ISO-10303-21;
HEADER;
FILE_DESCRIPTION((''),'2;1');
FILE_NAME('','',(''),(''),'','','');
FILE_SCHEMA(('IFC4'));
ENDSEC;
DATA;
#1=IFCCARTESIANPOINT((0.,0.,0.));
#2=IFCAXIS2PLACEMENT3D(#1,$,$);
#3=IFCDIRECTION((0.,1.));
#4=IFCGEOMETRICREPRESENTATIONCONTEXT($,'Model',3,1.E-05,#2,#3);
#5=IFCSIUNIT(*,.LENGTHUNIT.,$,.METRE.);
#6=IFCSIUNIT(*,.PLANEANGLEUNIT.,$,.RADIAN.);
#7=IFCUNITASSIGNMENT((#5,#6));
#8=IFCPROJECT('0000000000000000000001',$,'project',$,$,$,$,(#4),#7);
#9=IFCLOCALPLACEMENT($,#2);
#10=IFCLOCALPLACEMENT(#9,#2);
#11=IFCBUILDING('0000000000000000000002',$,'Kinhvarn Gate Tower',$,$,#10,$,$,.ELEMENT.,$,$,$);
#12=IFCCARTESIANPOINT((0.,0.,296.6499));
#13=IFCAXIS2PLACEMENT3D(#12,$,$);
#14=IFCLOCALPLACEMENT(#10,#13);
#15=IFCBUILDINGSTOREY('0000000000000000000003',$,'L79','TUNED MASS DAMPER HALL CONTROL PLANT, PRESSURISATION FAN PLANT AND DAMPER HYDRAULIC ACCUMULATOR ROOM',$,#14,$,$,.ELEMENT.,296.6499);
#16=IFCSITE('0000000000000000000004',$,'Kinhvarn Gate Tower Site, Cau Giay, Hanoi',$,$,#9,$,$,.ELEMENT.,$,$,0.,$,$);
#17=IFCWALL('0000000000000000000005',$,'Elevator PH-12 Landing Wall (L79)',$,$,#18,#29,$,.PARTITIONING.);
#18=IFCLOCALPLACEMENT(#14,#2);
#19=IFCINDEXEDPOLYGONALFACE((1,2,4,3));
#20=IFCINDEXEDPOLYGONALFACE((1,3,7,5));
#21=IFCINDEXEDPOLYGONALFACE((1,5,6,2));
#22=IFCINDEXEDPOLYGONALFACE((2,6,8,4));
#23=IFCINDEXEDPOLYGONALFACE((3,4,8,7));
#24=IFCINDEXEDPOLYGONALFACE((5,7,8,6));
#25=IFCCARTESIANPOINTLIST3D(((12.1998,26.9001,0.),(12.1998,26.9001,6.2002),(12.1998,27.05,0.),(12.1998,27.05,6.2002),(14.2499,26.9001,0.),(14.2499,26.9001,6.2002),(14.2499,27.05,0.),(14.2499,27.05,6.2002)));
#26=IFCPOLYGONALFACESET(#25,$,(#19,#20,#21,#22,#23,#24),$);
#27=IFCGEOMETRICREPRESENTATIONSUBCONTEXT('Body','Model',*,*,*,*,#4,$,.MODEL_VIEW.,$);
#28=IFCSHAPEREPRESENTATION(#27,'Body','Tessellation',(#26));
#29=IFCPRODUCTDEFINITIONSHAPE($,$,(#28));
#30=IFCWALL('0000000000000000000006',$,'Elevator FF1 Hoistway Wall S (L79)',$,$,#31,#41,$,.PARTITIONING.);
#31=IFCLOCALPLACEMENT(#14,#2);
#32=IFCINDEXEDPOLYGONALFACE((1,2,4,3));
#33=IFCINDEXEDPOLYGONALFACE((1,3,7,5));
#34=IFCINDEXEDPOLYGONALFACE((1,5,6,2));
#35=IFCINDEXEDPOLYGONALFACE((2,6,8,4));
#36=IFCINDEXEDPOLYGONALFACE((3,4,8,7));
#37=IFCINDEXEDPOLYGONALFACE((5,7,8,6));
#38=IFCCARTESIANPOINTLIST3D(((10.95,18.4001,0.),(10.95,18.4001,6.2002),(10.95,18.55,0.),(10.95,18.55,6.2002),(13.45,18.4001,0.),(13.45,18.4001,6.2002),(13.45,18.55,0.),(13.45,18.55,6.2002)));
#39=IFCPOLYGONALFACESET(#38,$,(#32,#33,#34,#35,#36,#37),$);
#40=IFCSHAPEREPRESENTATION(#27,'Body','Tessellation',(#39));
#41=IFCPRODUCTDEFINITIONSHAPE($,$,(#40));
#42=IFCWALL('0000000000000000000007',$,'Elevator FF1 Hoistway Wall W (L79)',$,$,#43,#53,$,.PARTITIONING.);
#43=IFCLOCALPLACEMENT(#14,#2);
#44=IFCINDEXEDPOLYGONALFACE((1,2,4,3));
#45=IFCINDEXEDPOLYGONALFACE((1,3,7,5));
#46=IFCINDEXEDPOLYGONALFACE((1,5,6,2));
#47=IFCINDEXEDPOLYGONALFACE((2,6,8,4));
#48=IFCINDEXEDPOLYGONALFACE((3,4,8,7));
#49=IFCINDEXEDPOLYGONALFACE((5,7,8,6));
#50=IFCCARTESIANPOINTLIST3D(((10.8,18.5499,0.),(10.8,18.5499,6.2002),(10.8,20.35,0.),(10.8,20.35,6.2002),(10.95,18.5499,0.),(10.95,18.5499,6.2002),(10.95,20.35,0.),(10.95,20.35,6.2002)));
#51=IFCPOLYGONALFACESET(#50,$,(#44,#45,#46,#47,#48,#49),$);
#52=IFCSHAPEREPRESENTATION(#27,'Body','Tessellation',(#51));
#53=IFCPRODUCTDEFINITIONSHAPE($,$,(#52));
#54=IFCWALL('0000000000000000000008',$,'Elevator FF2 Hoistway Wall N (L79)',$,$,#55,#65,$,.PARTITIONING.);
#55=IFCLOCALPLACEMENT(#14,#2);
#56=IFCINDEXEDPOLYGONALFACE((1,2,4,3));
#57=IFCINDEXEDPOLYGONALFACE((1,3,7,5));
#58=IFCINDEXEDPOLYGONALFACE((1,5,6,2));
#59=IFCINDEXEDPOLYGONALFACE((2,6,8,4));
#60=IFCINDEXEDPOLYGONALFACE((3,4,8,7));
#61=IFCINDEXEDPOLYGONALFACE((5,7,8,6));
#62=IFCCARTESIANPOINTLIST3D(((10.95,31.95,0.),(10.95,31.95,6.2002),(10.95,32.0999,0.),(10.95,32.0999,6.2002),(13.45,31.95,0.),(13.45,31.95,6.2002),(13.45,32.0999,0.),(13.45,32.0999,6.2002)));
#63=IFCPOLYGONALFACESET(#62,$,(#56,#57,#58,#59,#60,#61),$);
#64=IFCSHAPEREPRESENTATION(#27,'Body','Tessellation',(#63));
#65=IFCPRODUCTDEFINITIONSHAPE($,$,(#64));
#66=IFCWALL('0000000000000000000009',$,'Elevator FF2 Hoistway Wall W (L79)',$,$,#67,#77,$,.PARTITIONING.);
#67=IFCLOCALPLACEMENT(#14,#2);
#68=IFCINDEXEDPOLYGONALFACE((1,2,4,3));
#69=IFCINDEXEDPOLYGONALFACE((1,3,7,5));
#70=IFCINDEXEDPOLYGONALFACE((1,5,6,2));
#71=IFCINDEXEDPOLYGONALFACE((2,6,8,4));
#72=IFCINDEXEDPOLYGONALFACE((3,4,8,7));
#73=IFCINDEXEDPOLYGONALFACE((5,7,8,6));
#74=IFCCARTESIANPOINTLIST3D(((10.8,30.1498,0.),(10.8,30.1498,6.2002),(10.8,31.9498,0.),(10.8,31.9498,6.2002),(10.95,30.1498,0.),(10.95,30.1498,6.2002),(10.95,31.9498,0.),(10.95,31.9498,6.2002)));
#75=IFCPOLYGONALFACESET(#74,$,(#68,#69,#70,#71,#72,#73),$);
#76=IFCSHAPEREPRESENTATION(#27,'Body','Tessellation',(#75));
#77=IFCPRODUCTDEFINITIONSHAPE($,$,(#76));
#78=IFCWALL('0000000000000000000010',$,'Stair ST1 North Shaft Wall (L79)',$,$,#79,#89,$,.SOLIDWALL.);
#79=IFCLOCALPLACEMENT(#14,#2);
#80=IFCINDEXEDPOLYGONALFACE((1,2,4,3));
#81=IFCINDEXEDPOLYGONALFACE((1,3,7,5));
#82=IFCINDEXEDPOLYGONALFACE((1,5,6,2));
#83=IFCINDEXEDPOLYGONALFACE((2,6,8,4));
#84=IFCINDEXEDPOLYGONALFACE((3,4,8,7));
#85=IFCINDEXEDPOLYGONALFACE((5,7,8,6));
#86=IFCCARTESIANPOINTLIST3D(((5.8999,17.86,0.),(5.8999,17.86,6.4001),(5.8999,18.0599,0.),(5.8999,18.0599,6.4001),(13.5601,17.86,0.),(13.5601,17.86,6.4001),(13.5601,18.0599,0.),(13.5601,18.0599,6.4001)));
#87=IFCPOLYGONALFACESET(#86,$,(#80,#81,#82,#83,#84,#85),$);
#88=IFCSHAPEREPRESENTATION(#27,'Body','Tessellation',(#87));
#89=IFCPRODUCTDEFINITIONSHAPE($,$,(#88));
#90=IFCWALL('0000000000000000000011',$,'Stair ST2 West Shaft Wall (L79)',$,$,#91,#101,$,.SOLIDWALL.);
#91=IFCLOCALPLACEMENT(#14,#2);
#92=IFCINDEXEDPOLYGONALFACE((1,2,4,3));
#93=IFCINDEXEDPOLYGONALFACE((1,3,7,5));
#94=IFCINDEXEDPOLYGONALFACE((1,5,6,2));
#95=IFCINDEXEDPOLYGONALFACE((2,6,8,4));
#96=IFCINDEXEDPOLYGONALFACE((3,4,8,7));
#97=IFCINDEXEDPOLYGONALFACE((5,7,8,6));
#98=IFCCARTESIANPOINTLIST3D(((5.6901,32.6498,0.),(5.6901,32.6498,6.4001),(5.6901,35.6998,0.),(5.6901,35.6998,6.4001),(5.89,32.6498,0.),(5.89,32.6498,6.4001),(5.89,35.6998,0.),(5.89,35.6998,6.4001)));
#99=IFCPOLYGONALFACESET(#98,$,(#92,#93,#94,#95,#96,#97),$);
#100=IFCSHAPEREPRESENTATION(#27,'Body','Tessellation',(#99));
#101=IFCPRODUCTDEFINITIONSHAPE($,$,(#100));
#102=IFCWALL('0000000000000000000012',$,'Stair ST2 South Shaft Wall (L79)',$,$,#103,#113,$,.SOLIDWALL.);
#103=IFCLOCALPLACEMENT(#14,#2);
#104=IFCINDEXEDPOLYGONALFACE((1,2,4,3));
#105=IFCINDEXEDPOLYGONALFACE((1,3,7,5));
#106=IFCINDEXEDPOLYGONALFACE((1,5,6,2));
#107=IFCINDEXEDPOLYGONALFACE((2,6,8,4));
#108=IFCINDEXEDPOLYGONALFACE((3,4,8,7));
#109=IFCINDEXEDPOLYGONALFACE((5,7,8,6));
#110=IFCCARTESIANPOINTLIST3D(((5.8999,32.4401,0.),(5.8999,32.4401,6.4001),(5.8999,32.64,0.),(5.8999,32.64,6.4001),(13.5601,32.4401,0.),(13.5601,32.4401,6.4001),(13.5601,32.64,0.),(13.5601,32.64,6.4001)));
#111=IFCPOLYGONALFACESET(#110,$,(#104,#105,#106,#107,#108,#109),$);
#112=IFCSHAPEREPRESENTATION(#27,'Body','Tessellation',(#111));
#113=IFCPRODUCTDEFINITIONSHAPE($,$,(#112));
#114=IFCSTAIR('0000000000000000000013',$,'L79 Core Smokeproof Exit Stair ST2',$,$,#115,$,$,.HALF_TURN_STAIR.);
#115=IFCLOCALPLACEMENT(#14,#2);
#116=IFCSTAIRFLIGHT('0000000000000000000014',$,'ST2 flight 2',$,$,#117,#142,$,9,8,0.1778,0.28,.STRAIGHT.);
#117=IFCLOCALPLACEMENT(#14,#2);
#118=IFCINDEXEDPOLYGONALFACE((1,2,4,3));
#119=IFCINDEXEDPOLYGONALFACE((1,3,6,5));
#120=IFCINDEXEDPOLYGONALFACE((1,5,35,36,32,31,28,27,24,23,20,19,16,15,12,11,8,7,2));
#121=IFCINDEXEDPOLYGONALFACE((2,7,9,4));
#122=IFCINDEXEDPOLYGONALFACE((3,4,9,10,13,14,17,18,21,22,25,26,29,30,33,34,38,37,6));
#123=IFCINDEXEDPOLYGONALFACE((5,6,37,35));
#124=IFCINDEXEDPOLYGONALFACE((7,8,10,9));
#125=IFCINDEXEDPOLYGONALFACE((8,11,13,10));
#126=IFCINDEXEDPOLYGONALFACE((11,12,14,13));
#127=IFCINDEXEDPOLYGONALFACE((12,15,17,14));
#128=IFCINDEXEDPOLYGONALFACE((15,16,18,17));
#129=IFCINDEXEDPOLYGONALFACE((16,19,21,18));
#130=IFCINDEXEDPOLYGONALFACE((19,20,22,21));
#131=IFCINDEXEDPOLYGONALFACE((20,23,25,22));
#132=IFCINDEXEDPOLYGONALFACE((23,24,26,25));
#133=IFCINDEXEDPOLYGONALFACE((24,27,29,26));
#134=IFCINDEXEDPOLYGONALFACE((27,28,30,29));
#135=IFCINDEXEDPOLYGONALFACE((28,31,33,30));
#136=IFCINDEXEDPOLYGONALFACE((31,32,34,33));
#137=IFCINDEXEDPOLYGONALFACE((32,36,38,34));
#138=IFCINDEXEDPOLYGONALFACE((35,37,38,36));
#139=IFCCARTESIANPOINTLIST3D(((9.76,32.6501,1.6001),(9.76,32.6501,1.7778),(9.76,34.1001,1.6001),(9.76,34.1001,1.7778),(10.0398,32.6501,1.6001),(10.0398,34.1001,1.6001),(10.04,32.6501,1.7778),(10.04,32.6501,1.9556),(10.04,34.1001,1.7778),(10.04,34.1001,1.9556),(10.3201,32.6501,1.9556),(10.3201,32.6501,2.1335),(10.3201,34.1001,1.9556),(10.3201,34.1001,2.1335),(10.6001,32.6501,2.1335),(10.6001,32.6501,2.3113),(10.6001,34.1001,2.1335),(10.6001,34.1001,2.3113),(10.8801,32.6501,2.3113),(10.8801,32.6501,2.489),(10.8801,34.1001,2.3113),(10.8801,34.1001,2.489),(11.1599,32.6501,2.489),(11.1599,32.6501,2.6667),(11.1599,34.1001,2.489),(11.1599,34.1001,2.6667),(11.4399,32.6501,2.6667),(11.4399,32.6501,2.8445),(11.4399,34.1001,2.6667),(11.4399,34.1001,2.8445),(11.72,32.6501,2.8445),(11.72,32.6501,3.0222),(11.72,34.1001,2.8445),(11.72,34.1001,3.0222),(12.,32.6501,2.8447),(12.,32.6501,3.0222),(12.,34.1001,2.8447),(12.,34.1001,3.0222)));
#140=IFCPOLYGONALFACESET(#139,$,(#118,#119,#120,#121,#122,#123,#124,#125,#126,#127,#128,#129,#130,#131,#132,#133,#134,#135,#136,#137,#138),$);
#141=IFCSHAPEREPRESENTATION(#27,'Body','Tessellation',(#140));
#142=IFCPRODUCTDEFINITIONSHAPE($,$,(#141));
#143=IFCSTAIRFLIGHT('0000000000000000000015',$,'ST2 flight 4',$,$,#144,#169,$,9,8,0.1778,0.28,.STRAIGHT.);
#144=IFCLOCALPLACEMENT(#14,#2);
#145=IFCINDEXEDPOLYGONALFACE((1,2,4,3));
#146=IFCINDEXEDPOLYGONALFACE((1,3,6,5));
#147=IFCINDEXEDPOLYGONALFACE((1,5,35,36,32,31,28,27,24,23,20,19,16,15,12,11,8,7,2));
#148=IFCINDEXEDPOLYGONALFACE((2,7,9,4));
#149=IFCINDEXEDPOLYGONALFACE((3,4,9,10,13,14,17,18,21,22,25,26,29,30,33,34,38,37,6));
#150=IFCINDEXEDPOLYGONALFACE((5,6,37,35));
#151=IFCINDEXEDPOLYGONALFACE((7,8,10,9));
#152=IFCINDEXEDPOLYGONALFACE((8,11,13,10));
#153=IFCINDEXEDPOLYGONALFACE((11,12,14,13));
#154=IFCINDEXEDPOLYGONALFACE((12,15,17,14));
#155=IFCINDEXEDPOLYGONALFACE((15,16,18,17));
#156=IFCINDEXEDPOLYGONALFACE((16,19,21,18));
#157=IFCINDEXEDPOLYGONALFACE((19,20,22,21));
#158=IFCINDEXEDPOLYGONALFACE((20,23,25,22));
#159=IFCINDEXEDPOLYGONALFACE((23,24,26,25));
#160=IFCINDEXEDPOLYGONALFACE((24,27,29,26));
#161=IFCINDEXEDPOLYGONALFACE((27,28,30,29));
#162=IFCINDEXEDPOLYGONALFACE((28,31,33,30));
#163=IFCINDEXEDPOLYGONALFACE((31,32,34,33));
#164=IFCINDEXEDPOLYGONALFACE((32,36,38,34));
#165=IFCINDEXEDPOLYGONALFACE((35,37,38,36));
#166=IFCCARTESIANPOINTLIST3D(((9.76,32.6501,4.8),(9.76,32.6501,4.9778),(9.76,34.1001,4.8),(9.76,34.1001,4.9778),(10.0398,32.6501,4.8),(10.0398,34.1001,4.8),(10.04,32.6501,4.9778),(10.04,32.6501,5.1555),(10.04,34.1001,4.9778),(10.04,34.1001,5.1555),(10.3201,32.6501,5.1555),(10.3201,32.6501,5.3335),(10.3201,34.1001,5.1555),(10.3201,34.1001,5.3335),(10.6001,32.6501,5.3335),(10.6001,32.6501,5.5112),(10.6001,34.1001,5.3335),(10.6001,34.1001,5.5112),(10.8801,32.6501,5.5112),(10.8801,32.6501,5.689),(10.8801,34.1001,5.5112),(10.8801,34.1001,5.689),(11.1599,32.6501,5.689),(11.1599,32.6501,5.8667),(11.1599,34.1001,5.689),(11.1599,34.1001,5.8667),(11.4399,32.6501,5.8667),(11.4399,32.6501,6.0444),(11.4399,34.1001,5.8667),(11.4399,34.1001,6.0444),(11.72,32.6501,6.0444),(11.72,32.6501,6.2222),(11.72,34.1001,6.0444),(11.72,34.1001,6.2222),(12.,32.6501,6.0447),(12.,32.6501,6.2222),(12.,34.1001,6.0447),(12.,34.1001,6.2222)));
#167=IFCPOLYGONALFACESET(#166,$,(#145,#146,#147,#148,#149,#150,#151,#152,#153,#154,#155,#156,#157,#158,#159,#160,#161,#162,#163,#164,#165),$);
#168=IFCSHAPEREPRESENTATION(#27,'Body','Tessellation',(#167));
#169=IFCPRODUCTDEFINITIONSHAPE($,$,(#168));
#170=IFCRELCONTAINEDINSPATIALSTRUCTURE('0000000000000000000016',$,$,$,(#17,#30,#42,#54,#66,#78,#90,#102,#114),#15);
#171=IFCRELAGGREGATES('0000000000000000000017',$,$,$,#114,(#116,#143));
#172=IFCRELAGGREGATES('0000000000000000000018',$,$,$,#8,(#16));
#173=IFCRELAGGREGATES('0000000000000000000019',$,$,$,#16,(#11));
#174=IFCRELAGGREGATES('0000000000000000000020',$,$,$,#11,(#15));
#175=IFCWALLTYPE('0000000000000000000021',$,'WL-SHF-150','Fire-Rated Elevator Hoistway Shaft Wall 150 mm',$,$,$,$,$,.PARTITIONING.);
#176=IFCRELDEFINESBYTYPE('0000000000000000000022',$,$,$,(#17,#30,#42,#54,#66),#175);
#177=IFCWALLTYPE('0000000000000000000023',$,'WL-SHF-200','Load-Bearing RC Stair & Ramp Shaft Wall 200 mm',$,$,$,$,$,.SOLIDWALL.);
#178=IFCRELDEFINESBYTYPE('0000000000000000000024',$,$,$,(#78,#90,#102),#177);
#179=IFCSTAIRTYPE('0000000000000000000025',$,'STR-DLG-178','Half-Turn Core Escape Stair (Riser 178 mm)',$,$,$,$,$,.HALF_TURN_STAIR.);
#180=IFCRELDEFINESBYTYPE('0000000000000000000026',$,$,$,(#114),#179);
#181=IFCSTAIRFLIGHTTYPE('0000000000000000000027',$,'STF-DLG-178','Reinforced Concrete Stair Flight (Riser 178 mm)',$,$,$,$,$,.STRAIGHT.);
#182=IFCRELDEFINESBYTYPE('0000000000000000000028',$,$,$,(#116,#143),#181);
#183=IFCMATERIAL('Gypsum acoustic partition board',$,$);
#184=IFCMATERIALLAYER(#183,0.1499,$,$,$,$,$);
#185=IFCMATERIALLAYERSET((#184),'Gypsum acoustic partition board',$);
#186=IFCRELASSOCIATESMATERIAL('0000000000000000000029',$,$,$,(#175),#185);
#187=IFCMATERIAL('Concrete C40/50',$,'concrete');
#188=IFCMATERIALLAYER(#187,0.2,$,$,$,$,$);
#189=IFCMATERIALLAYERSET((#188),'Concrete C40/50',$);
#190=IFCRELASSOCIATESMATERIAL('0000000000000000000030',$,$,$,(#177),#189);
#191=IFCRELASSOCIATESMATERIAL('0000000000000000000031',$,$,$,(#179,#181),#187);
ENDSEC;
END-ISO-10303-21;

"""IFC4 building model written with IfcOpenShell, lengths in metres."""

from ifc_helpers import new_model, si_unit, direction, frame, frame_2d, origin, place, context, subcontext, project, spatial, polyline, rectangle, outline, extrude, material, layer, layer_set, type_object, element, aggregate, save


model = new_model("IFC4")

# Units and contexts
model_context = context("Model", 3, precision=1e-05, world=origin(), true_north=direction((0.0, 1.0)))
body_context = subcontext(model_context, "Body", "Model", "MODEL_VIEW")
ifc_project = project(units=[si_unit("LENGTHUNIT", "METRE"), si_unit("PLANEANGLEUNIT", "RADIAN")], contexts=[model_context])

# Site, building, storey
site_placement = place(None, origin())
site = spatial("IfcSite", under=ifc_project, at=site_placement, Name="Kinhvarn Gate Tower Site, Cau Giay, Hanoi", CompositionType="ELEMENT", RefElevation=0.0)
building_placement = place(site_placement, origin())
building = spatial("IfcBuilding", under=site, at=building_placement, Name="Kinhvarn Gate Tower", CompositionType="ELEMENT")
storey_placement = place(building_placement, frame((0.0, 0.0, 296.6499)))
storey = spatial("IfcBuildingStorey", under=building, at=storey_placement, Name="L79", Description="TUNED MASS DAMPER HALL CONTROL PLANT, PRESSURISATION FAN PLANT AND DAMPER HYDRAULIC ACCUMULATOR ROOM", CompositionType="ELEMENT", Elevation=296.6499)

# Shared definitions
ifc_material_1 = material(Name="Gypsum acoustic partition board")

# Walls
ifc_layer_1 = layer(ifc_material_1, 0.1499)
ifc_layer_set_1 = layer_set([ifc_layer_1], Name="Gypsum acoustic partition board")
wall_type_1 = type_object("IfcWallType", Name="WL-SHF-150", Description="Fire-Rated Elevator Hoistway Shaft Wall 150 mm", PredefinedType="PARTITIONING", material=ifc_layer_set_1)
wall_1_placement = place(storey_placement, frame((12.2, 26.9751, 0.0), z_axis=(0.0, 0.0, 1.0), x_axis=(1.0, 0.0, 0.0)))
element("IfcWall", 1, at=wall_1_placement, inside=storey, type_object=wall_type_1, Name="Elevator PH-12 Landing Wall (L79)", PredefinedType="PARTITIONING", context=body_context, shape_type="SweptSolid", body=[
    extrude(rectangle(XDim=2.05, YDim=0.1499, at=frame_2d((1.0249, 0.0))), origin(), (0.0, 0.0, 1.0), 6.2002),
])
wall_2_placement = place(storey_placement, frame((10.95, 18.4751, 0.0), z_axis=(0.0, 0.0, 1.0), x_axis=(1.0, 0.0, 0.0)))
element("IfcWall", 2, at=wall_2_placement, inside=storey, type_object=wall_type_1, Name="Elevator FF1 Hoistway Wall S (L79)", PredefinedType="PARTITIONING", context=body_context, shape_type="SweptSolid", body=[
    extrude(rectangle(XDim=2.5, YDim=0.1499, at=frame_2d((1.25, 0.0))), origin(), (0.0, 0.0, 1.0), 6.2002),
])
wall_3_placement = place(storey_placement, frame((10.875, 18.55, 0.0), z_axis=(0.0, 0.0, 1.0), x_axis=(0.0, 1.0, 0.0)))
element("IfcWall", 3, at=wall_3_placement, inside=storey, type_object=wall_type_1, Name="Elevator FF1 Hoistway Wall W (L79)", PredefinedType="PARTITIONING", context=body_context, shape_type="SweptSolid", body=[
    extrude(rectangle(XDim=1.8, YDim=0.1499, at=frame_2d((0.8999, 0.0))), origin(), (0.0, 0.0, 1.0), 6.2002),
])
wall_4_placement = place(storey_placement, frame((10.95, 32.0249, 0.0), z_axis=(0.0, 0.0, 1.0), x_axis=(1.0, 0.0, 0.0)))
element("IfcWall", 4, at=wall_4_placement, inside=storey, type_object=wall_type_1, Name="Elevator FF2 Hoistway Wall N (L79)", PredefinedType="PARTITIONING", context=body_context, shape_type="SweptSolid", body=[
    extrude(rectangle(XDim=2.5, YDim=0.1499, at=frame_2d((1.25, 0.0))), origin(), (0.0, 0.0, 1.0), 6.2002),
])
wall_5_placement = place(storey_placement, frame((10.875, 30.1499, 0.0), z_axis=(0.0, 0.0, 1.0), x_axis=(0.0, 1.0, 0.0)))
element("IfcWall", 5, at=wall_5_placement, inside=storey, type_object=wall_type_1, Name="Elevator FF2 Hoistway Wall W (L79)", PredefinedType="PARTITIONING", context=body_context, shape_type="SweptSolid", body=[
    extrude(rectangle(XDim=1.8, YDim=0.1499, at=frame_2d((0.8999, 0.0))), origin(), (0.0, 0.0, 1.0), 6.2002),
])
ifc_material_2 = material(Name="Concrete C40/50", Category="concrete")
ifc_layer_2 = layer(ifc_material_2, 0.2)
ifc_layer_set_2 = layer_set([ifc_layer_2], Name="Concrete C40/50")
wall_type_2 = type_object("IfcWallType", Name="WL-SHF-200", Description="Load-Bearing RC Stair & Ramp Shaft Wall 200 mm", PredefinedType="SOLIDWALL", material=ifc_layer_set_2)
wall_6_placement = place(storey_placement, frame((5.8999, 17.96, 0.0), z_axis=(0.0, 0.0, 1.0), x_axis=(1.0, 0.0, 0.0)))
element("IfcWall", 6, at=wall_6_placement, inside=storey, type_object=wall_type_2, Name="Stair ST1 North Shaft Wall (L79)", PredefinedType="SOLIDWALL", context=body_context, shape_type="SweptSolid", body=[
    extrude(rectangle(XDim=7.6602, YDim=0.2, at=frame_2d((3.8301, 0.0))), origin(), (0.0, 0.0, 1.0), 6.4001),
])
wall_7_placement = place(storey_placement, frame((5.79, 32.6499, 0.0), z_axis=(0.0, 0.0, 1.0), x_axis=(0.0, 1.0, 0.0)))
element("IfcWall", 7, at=wall_7_placement, inside=storey, type_object=wall_type_2, Name="Stair ST2 West Shaft Wall (L79)", PredefinedType="SOLIDWALL", context=body_context, shape_type="SweptSolid", body=[
    extrude(rectangle(XDim=3.05, YDim=0.2, at=frame_2d((1.5249, 0.0))), origin(), (0.0, 0.0, 1.0), 6.4001),
])
wall_8_placement = place(storey_placement, frame((5.8999, 32.54, 0.0), z_axis=(0.0, 0.0, 1.0), x_axis=(1.0, 0.0, 0.0)))
element("IfcWall", 8, at=wall_8_placement, inside=storey, type_object=wall_type_2, Name="Stair ST2 South Shaft Wall (L79)", PredefinedType="SOLIDWALL", context=body_context, shape_type="SweptSolid", body=[
    extrude(rectangle(XDim=7.6602, YDim=0.2, at=frame_2d((3.8301, 0.0))), origin(), (0.0, 0.0, 1.0), 6.4001),
])

# Stair, stair flights
stair_type = type_object("IfcStairType", Name="STR-DLG-178", Description="Half-Turn Core Escape Stair (Riser 178 mm)", PredefinedType="HALF_TURN_STAIR", material=ifc_material_2)
stair_placement = place(storey_placement, origin())
stair = element("IfcStair", 9, at=stair_placement, inside=storey, type_object=stair_type, Name="L79 Core Smokeproof Exit Stair ST2", PredefinedType="HALF_TURN_STAIR")
stair_flight_type = type_object("IfcStairFlightType", Name="STF-DLG-178", Description="Reinforced Concrete Stair Flight (Riser 178 mm)", PredefinedType="STRAIGHT", material=ifc_material_2)
stair_flight_1_placement = place(storey_placement, frame((9.76, 33.375, 1.6001), z_axis=(0.0, 0.0, 1.0), x_axis=(1.0, 0.0, 0.0)))
stair_flight_1 = element("IfcStairFlight", 10, at=stair_flight_1_placement, type_object=stair_flight_type, Name="ST2 flight 2", NumberOfRisers=9, NumberOfTreads=8, PredefinedType="STRAIGHT", RiserHeight=0.1778, TreadLength=0.28, context=body_context, shape_type="SweptSolid", body=[
    extrude(outline(polyline([(0.0, 0.0), (0.0, 0.1777), (0.28, 0.1777), (0.28, 0.3555), (0.5601, 0.3555), (0.5601, 0.5334), (0.8401, 0.5334), (0.8401, 0.7112), (1.1201, 0.7112), (1.1201, 0.8889), (1.3999, 0.8889), (1.3999, 1.0667), (1.6799, 1.0667), (1.6799, 1.2444), (1.96, 1.2444), (1.96, 1.4221), (2.24, 1.4221), (2.24, 1.6001), (2.24, 1.2446), (0.2798, 0.0), (0.0, 0.0)])), frame((0.0, 0.7251, 0.0), z_axis=(0.0, -1.0, 0.0), x_axis=(1.0, 0.0, 0.0)), (0.0, 0.0, 1.0), 1.45),
])
stair_flight_2_placement = place(storey_placement, frame((9.76, 33.375, 4.8), z_axis=(0.0, 0.0, 1.0), x_axis=(1.0, 0.0, 0.0)))
stair_flight_2 = element("IfcStairFlight", 11, at=stair_flight_2_placement, type_object=stair_flight_type, Name="ST2 flight 4", NumberOfRisers=9, NumberOfTreads=8, PredefinedType="STRAIGHT", RiserHeight=0.1778, TreadLength=0.28, context=body_context, shape_type="SweptSolid", body=[
    extrude(outline(polyline([(0.0, 0.0), (0.0, 0.1777), (0.28, 0.1777), (0.28, 0.3555), (0.5601, 0.3555), (0.5601, 0.5334), (0.8401, 0.5334), (0.8401, 0.7112), (1.1201, 0.7112), (1.1201, 0.8889), (1.3999, 0.8889), (1.3999, 1.0667), (1.6799, 1.0667), (1.6799, 1.2444), (1.96, 1.2444), (1.96, 1.4221), (2.24, 1.4221), (2.24, 1.6001), (2.24, 1.2446), (0.2798, 0.0), (0.0, 0.0)])), frame((0.0, 0.7251, 0.0), z_axis=(0.0, -1.0, 0.0), x_axis=(1.0, 0.0, 0.0)), (0.0, 0.0, 1.0), 1.45),
])
aggregate(stair, [stair_flight_1, stair_flight_2])

save(model, "model.ifc")
